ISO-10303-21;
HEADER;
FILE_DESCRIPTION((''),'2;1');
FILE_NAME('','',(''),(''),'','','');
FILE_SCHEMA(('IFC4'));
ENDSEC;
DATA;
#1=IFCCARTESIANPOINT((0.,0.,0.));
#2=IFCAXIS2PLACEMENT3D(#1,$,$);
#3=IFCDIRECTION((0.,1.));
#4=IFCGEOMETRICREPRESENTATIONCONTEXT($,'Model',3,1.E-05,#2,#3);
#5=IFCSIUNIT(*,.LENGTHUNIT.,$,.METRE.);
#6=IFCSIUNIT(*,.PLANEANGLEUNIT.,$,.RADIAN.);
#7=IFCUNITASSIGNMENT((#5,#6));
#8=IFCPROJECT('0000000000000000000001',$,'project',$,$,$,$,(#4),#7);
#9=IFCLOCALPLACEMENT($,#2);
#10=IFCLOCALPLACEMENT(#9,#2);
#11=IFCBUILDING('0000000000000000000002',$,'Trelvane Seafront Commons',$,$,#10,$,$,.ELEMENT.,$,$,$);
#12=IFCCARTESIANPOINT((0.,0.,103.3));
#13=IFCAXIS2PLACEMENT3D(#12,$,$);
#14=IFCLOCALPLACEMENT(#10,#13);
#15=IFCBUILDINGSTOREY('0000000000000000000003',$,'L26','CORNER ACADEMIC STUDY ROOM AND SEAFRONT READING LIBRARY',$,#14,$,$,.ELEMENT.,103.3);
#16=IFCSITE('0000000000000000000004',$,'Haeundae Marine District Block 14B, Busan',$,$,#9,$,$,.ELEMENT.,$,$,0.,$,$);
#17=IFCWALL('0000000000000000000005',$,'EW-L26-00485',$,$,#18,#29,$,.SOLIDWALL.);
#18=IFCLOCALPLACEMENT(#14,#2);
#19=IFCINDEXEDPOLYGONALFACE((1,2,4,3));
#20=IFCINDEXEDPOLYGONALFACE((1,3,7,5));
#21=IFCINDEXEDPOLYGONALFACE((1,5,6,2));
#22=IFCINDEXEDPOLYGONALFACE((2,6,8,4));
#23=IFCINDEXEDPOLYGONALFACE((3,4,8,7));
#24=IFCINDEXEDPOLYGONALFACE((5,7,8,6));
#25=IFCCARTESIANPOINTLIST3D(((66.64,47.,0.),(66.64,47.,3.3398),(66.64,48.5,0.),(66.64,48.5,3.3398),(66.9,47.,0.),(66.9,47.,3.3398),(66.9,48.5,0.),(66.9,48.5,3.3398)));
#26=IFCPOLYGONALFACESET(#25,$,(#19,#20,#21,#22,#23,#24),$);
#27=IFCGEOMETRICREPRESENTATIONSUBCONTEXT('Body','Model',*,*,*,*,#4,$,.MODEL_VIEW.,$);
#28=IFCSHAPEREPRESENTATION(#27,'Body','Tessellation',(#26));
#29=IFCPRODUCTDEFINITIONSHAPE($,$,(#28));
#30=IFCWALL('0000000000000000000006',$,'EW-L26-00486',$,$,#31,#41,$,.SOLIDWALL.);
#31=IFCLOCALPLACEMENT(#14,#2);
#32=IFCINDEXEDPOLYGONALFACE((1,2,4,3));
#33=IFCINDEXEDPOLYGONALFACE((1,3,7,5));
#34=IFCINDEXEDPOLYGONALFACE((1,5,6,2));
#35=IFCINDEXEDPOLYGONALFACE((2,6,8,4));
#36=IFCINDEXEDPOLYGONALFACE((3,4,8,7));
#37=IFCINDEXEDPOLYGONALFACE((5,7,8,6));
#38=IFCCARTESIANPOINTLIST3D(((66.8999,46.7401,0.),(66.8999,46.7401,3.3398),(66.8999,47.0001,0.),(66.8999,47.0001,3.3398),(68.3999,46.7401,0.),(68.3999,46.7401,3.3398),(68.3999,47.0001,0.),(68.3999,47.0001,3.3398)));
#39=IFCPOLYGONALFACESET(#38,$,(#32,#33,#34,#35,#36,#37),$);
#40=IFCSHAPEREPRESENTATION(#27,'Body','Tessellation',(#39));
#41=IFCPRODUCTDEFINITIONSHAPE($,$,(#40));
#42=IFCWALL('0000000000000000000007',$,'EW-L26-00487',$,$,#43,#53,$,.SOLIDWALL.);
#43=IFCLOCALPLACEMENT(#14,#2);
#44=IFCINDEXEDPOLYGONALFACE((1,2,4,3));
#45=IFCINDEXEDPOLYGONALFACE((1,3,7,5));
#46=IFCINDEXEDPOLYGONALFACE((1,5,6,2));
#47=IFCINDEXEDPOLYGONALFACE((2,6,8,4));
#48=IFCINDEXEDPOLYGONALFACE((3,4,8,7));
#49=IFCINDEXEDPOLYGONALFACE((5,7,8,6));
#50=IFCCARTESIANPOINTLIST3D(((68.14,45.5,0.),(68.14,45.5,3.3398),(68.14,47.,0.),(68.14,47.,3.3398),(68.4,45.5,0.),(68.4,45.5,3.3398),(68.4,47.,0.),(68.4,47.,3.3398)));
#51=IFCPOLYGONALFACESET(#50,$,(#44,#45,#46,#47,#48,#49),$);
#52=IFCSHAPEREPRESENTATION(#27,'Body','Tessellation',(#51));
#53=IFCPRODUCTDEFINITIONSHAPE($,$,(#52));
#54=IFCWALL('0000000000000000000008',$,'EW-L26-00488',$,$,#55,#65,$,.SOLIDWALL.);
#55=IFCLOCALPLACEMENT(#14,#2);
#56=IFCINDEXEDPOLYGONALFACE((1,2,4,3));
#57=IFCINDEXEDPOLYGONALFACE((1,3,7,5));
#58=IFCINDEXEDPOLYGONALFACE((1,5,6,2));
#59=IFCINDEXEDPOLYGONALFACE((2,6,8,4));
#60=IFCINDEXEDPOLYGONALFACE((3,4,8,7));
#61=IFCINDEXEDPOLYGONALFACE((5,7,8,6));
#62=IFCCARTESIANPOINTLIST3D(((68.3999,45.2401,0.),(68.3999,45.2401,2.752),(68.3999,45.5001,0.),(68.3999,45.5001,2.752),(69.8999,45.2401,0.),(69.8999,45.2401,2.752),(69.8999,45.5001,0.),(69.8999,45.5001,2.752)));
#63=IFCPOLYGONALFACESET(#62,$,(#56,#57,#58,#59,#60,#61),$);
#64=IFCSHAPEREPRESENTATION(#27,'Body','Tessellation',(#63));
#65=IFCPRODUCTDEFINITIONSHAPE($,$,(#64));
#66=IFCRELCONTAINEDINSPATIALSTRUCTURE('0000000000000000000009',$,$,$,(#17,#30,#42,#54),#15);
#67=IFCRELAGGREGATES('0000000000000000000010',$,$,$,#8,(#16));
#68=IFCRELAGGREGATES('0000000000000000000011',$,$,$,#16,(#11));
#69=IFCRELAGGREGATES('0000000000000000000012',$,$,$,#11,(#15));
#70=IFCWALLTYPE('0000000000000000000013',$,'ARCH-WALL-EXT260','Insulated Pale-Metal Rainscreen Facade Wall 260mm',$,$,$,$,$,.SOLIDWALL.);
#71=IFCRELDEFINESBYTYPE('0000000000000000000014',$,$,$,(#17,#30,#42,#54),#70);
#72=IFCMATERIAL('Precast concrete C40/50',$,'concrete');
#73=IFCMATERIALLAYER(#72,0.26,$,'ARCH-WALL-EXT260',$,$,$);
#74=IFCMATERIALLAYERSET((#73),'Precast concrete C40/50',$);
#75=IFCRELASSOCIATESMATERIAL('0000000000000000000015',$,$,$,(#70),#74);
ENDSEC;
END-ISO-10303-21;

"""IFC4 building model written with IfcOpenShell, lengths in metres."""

from ifc_helpers import new_model, si_unit, direction, frame, frame_2d, origin, place, context, subcontext, project, spatial, rectangle, extrude, material, layer, layer_set, type_object, element, save


model = new_model("IFC4")

# Units and contexts
model_context = context("Model", 3, precision=1e-05, world=origin(), true_north=direction((0.0, 1.0)))
body_context = subcontext(model_context, "Body", "Model", "MODEL_VIEW")
ifc_project = project(units=[si_unit("LENGTHUNIT", "METRE"), si_unit("PLANEANGLEUNIT", "RADIAN")], contexts=[model_context])

# Site, building, storey
site_placement = place(None, origin())
site = spatial("IfcSite", under=ifc_project, at=site_placement, Name="Haeundae Marine District Block 14B, Busan", CompositionType="ELEMENT", RefElevation=0.0)
building_placement = place(site_placement, origin())
building = spatial("IfcBuilding", under=site, at=building_placement, Name="Trelvane Seafront Commons", CompositionType="ELEMENT")
storey_placement = place(building_placement, frame((0.0, 0.0, 103.3)))
storey = spatial("IfcBuildingStorey", under=building, at=storey_placement, Name="L26", Description="CORNER ACADEMIC STUDY ROOM AND SEAFRONT READING LIBRARY", CompositionType="ELEMENT", Elevation=103.3)

# Shared definitions
ifc_material_1 = material(Name="Precast concrete C40/50", Category="concrete")
ifc_layer_1 = layer(ifc_material_1, 0.26, Name="ARCH-WALL-EXT260")
ifc_layer_set_1 = layer_set([ifc_layer_1], Name="Precast concrete C40/50")
wall_type = type_object("IfcWallType", Name="ARCH-WALL-EXT260", Description="Insulated Pale-Metal Rainscreen Facade Wall 260mm", PredefinedType="SOLIDWALL", material=ifc_layer_set_1)

# Walls
for number, where, z_axis, x_axis, name in (
    (1, (66.77, 48.5, 0.0), (0.0, 0.0, 1.0), (0.0, -1.0, 0.0), "EW-L26-00485"),
    (2, (66.8999, 46.8701, 0.0), (0.0, 0.0, 1.0), (1.0, 0.0, 0.0), "EW-L26-00486"),
    (3, (68.27, 47.0, 0.0), (0.0, 0.0, 1.0), (0.0, -1.0, 0.0), "EW-L26-00487"),
):
    element("IfcWall", number, at=place(storey_placement, frame(where, z_axis=z_axis, x_axis=x_axis)), inside=storey, type_object=wall_type, Name=name, PredefinedType="SOLIDWALL", context=body_context, shape_type="SweptSolid", body=[
        extrude(rectangle(XDim=1.5, YDim=0.26, at=frame_2d((0.75, 0.0))), origin(), (0.0, 0.0, 1.0), 3.3398),
    ])
wall_1_placement = place(storey_placement, frame((68.3999, 45.3701, 0.0), z_axis=(0.0, 0.0, 1.0), x_axis=(1.0, 0.0, 0.0)))
element("IfcWall", 4, at=wall_1_placement, inside=storey, type_object=wall_type, Name="EW-L26-00488", PredefinedType="SOLIDWALL", context=body_context, shape_type="SweptSolid", body=[
    extrude(rectangle(XDim=1.5, YDim=0.26, at=frame_2d((0.75, 0.0))), origin(), (0.0, 0.0, 1.0), 2.752),
])

save(model, "model.ifc")
